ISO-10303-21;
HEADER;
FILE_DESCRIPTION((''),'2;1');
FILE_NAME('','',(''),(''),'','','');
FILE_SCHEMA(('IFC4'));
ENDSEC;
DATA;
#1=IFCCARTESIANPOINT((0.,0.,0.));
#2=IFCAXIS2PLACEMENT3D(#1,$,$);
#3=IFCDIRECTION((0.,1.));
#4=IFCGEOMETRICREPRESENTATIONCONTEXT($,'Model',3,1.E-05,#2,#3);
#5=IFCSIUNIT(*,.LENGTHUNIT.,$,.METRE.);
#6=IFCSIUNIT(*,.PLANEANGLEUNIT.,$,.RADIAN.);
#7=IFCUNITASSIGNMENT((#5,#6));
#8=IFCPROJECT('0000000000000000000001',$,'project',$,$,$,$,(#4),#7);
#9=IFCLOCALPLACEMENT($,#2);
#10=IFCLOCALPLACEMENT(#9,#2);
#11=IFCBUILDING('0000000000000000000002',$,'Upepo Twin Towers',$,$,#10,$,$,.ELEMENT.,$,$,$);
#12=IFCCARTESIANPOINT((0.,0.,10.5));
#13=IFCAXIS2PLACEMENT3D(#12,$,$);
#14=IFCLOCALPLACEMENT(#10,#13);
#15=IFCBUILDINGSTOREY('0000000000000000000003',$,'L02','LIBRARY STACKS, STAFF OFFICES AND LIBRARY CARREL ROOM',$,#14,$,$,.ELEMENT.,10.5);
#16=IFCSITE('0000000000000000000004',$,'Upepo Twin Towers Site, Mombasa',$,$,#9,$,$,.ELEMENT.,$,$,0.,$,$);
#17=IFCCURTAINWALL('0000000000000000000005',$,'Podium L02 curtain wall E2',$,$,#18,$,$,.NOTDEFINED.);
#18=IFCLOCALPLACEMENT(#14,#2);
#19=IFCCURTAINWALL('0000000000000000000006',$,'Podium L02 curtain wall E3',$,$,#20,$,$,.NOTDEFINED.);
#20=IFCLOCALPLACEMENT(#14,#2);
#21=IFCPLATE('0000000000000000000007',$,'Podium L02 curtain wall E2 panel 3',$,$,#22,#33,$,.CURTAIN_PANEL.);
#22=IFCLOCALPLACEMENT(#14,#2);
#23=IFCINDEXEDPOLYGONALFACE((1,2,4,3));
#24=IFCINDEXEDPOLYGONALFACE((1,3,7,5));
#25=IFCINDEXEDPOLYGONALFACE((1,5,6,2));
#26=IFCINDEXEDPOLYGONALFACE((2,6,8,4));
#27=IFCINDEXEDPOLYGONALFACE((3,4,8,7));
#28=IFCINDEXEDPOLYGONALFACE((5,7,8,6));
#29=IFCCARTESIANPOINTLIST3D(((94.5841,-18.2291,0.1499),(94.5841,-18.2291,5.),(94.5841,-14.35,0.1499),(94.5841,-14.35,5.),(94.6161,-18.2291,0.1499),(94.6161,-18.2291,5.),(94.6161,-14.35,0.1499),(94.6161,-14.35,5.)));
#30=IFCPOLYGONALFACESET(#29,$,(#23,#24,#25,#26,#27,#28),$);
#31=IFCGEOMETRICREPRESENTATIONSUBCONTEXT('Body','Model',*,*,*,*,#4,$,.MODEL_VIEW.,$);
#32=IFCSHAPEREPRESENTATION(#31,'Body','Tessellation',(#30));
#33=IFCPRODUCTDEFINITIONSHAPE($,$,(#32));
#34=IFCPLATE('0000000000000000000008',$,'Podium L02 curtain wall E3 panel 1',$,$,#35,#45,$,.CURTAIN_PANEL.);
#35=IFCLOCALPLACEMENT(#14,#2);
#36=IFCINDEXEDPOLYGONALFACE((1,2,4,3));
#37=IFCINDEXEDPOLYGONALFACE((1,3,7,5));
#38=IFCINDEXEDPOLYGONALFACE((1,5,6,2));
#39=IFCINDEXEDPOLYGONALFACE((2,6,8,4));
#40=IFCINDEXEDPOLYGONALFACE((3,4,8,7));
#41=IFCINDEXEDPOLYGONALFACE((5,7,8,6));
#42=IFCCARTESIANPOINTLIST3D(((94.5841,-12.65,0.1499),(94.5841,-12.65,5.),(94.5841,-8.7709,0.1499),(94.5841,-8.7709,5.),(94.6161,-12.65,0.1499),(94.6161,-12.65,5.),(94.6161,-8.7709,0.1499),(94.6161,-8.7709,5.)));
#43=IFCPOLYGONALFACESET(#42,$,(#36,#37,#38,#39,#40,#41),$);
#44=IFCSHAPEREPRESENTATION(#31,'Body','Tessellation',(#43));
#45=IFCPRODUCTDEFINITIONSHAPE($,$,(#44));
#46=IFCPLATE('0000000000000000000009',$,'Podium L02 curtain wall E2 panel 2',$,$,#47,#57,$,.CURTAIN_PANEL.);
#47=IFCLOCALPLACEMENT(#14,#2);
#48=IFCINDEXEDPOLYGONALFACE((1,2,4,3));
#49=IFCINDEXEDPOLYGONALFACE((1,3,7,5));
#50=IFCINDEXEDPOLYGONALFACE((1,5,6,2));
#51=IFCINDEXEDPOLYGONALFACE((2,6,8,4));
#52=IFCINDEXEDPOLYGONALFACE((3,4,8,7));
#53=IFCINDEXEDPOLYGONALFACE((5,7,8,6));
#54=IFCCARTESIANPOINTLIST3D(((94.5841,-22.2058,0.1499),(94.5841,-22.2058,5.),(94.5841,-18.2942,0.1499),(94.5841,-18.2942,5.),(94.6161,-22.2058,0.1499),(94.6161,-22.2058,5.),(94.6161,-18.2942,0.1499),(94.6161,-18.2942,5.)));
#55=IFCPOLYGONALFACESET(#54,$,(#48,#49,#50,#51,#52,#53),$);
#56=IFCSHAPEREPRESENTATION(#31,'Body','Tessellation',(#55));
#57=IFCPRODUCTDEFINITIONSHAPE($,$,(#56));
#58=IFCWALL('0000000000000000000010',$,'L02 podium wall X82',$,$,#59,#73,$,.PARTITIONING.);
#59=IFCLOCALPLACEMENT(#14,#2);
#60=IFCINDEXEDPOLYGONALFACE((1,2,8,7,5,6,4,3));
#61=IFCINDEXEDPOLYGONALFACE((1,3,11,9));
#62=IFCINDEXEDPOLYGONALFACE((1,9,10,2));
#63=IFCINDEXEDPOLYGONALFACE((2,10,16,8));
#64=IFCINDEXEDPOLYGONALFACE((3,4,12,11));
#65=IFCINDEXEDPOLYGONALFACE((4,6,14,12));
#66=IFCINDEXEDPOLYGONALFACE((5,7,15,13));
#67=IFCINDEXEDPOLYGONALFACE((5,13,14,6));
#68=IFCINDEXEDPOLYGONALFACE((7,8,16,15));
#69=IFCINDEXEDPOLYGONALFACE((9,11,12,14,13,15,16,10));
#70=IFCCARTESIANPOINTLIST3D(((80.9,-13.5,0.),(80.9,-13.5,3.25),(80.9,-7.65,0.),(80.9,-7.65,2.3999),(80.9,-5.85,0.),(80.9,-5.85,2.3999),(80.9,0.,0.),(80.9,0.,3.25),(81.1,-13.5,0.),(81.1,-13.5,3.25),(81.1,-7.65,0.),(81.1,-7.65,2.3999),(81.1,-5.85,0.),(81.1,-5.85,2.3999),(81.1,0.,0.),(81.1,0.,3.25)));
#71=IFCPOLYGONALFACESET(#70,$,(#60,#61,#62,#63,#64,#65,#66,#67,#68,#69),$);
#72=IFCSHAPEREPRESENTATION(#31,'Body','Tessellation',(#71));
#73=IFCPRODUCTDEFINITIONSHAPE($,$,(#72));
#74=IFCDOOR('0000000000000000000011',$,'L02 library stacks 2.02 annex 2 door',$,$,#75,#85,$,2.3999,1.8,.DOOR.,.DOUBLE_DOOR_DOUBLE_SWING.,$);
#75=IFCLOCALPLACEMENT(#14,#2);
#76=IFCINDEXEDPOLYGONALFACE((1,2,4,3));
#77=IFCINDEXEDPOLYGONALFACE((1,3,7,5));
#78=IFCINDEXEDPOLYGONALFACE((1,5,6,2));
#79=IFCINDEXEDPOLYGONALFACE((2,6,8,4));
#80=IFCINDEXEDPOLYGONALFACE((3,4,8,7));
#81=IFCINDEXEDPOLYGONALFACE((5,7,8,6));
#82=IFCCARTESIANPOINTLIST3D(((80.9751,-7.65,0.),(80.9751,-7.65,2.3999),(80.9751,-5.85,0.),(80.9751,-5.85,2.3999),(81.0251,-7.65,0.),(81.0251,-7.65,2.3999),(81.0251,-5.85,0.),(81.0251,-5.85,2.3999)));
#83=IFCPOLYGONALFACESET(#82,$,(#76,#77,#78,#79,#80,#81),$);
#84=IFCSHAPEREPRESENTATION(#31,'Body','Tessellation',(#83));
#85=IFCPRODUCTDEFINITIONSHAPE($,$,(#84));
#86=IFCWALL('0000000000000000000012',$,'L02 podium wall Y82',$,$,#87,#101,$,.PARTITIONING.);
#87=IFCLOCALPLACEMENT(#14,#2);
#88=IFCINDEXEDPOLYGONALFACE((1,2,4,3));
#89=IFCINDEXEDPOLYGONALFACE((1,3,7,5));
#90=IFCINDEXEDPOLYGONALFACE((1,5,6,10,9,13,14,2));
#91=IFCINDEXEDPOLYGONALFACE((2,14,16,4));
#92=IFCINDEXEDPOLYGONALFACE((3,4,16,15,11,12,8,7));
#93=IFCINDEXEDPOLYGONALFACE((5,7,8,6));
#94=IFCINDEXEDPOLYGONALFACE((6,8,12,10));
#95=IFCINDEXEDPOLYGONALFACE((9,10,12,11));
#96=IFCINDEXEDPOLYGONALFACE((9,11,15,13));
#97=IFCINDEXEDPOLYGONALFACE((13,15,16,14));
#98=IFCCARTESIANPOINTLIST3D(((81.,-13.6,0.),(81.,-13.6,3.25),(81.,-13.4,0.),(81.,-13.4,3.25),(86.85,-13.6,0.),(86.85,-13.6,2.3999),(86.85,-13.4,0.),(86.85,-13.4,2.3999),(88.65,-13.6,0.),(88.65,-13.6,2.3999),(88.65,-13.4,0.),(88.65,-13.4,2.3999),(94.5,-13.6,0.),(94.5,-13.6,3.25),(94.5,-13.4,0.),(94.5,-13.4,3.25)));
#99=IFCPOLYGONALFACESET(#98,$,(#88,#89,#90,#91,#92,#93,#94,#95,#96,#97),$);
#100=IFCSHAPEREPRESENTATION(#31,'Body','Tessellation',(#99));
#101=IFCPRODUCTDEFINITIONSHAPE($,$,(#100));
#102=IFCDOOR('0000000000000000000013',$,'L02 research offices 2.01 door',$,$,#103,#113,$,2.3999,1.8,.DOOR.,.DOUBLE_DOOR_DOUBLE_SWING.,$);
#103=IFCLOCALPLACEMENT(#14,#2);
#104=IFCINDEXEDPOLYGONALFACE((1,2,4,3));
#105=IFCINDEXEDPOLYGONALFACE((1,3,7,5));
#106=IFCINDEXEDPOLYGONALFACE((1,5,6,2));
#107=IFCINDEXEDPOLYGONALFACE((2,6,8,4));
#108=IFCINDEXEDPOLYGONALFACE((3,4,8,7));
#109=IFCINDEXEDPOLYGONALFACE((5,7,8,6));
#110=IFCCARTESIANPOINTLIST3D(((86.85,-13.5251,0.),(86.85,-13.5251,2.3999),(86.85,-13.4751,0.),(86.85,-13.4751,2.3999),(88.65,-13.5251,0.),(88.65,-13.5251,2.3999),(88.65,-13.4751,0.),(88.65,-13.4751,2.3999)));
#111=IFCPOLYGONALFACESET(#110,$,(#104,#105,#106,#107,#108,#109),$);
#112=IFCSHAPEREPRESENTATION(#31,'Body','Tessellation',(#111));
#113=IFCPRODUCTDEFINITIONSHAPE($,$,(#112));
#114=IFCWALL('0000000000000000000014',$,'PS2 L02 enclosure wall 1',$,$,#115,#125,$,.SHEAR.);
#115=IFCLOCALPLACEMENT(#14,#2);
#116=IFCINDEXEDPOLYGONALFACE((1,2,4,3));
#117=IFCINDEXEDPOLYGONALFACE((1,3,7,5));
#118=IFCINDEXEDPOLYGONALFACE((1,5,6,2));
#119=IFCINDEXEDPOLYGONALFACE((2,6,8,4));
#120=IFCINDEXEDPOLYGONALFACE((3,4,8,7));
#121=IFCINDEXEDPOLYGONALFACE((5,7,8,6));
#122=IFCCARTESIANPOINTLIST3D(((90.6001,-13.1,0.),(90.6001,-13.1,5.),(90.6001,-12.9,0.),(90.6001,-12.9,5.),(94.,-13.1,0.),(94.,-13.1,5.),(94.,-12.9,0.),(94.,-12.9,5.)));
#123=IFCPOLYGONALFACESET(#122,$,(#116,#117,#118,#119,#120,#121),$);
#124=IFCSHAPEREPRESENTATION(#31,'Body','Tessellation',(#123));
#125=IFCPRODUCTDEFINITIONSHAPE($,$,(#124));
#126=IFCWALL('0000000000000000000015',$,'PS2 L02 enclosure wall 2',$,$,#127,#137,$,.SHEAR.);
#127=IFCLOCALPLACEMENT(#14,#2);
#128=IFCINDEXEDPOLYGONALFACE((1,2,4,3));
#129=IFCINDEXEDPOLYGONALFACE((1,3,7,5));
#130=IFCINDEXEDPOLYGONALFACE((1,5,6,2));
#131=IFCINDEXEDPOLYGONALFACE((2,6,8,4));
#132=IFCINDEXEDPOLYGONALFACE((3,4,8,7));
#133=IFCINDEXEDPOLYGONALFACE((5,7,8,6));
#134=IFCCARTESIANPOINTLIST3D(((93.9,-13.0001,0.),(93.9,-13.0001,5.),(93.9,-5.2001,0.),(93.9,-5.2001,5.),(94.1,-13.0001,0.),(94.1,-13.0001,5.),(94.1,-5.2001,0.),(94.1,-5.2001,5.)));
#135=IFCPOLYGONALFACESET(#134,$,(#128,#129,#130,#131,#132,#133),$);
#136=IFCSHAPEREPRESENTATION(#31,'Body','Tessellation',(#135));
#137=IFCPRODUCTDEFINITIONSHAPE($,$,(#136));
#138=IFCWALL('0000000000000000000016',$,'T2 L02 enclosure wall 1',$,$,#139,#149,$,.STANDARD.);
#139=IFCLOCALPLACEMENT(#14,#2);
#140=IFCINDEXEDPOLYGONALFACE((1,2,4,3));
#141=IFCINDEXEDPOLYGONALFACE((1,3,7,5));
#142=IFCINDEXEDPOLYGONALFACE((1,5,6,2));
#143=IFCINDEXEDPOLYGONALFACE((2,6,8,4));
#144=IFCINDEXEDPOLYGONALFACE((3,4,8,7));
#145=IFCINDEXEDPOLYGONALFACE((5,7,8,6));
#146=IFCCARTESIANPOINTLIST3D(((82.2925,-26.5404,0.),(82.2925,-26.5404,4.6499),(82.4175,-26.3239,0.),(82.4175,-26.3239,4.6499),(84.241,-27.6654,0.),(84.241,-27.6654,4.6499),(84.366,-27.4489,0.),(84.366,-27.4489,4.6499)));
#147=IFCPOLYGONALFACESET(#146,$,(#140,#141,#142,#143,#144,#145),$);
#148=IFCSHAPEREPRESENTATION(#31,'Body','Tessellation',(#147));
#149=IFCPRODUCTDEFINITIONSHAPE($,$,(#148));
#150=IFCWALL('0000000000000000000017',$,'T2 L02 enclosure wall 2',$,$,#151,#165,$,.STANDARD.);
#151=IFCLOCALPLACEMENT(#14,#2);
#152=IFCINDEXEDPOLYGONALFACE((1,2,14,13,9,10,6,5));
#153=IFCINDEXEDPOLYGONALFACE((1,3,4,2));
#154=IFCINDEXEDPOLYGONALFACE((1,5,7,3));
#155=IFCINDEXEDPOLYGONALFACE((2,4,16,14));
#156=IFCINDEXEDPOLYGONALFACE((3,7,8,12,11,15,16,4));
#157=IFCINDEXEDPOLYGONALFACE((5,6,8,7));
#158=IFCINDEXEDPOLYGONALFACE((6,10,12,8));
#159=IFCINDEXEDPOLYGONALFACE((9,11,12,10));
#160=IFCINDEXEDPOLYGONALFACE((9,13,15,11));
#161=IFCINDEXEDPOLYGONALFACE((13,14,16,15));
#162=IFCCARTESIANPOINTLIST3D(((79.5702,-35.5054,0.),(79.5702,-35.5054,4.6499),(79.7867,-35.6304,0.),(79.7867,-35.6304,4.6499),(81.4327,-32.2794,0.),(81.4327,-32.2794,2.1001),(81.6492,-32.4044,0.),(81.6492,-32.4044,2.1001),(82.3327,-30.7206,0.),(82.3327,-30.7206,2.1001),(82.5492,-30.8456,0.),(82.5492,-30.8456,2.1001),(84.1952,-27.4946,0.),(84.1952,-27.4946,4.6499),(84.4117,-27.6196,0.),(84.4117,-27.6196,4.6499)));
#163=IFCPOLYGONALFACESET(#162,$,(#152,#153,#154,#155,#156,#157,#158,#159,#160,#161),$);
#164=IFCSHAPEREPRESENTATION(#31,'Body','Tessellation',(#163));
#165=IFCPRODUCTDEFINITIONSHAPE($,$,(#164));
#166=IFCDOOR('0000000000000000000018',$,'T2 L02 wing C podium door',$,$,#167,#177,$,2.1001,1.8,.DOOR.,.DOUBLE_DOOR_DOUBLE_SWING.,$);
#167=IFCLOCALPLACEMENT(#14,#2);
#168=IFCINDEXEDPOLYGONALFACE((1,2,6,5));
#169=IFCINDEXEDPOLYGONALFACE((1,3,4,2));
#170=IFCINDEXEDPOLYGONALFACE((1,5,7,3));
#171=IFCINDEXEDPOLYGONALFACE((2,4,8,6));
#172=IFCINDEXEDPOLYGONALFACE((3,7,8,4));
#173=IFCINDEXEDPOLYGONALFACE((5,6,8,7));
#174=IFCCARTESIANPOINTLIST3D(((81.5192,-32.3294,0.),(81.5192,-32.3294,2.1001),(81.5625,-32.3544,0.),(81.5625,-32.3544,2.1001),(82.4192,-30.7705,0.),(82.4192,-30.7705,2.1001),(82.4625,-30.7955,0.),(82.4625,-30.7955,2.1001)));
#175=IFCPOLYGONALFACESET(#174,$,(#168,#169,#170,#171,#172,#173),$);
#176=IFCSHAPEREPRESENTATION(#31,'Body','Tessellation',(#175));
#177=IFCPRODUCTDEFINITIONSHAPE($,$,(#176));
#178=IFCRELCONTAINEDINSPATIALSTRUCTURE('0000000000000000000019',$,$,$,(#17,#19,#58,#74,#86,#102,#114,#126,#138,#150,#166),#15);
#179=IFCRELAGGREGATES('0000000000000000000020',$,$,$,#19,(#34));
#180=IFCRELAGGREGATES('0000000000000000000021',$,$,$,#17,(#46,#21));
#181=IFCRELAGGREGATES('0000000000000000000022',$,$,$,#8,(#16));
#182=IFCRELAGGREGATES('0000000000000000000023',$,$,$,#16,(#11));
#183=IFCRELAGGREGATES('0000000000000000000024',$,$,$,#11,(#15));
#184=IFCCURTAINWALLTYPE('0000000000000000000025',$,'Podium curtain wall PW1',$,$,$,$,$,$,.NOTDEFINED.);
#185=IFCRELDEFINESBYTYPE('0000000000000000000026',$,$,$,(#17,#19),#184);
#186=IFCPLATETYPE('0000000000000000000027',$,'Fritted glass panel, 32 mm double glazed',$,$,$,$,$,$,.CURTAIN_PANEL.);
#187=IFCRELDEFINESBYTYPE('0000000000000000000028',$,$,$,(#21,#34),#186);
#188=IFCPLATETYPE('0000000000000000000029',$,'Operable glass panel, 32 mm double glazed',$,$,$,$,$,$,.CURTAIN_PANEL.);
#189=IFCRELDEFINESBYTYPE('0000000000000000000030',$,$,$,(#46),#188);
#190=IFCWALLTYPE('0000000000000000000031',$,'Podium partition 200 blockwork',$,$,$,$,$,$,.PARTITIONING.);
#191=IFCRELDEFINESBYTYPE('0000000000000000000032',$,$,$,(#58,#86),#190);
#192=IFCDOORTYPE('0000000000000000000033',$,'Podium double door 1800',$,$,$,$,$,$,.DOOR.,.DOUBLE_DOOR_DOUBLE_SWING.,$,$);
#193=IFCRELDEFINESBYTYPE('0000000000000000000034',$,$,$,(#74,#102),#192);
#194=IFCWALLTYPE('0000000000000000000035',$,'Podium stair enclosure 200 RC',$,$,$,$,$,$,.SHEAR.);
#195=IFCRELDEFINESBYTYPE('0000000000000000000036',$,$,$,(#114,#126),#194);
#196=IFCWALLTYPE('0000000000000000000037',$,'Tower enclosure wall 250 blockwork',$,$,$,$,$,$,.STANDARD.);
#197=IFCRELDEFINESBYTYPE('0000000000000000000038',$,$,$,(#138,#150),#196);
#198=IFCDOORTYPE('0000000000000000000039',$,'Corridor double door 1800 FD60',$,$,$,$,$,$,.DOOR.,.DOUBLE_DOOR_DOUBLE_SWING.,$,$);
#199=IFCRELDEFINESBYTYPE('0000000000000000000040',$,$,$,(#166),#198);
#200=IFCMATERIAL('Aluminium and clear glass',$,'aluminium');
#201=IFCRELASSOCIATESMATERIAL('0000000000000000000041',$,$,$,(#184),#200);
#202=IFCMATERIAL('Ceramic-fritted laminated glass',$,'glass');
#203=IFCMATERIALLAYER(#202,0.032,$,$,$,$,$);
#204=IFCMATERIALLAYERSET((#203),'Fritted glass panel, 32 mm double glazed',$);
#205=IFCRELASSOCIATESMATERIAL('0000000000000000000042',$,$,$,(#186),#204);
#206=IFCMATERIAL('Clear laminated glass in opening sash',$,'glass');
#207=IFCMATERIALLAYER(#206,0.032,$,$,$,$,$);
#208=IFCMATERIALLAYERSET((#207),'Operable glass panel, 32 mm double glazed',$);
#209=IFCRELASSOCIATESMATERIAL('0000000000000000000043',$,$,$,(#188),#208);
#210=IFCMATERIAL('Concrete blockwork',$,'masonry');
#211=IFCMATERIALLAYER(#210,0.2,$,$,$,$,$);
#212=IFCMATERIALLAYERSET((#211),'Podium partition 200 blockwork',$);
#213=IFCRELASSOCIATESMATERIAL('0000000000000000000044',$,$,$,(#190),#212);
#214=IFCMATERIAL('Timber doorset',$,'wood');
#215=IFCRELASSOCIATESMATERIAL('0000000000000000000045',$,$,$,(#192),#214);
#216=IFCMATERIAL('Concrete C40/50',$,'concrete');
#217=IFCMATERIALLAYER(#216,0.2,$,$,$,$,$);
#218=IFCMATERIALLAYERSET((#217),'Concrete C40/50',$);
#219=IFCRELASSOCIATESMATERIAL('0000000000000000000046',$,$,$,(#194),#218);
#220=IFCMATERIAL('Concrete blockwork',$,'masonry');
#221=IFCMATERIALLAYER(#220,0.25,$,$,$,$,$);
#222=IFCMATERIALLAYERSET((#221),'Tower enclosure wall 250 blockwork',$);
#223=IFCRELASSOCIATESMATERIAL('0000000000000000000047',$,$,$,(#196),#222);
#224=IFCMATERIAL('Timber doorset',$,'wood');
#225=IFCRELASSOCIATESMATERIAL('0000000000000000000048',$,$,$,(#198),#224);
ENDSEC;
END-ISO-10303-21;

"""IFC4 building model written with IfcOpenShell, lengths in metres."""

from ifc_helpers import new_model, si_unit, direction, frame, frame_2d, origin, origin_2d, place, context, subcontext, project, spatial, rectangle, extrude, material, layer, layer_set, type_object, element, fill, aggregate, save


model = new_model("IFC4")

# Units and contexts
model_context = context("Model", 3, precision=1e-05, world=origin(), true_north=direction((0.0, 1.0)))
body_context = subcontext(model_context, "Body", "Model", "MODEL_VIEW")
ifc_project = project(units=[si_unit("LENGTHUNIT", "METRE"), si_unit("PLANEANGLEUNIT", "RADIAN")], contexts=[model_context])

# Site, building, storey
site_placement = place(None, origin())
site = spatial("IfcSite", under=ifc_project, at=site_placement, Name="Upepo Twin Towers Site, Mombasa", CompositionType="ELEMENT", RefElevation=0.0)
building_placement = place(site_placement, origin())
building = spatial("IfcBuilding", under=site, at=building_placement, Name="Upepo Twin Towers", CompositionType="ELEMENT")
storey_placement = place(building_placement, frame((0.0, 0.0, 10.5)))
storey = spatial("IfcBuildingStorey", under=building, at=storey_placement, Name="L02", Description="LIBRARY STACKS, STAFF OFFICES AND LIBRARY CARREL ROOM", CompositionType="ELEMENT", Elevation=10.5)

# Shared definitions
ifc_material_1 = material(Name="Aluminium and clear glass", Category="aluminium")
curtain_wall_type = type_object("IfcCurtainWallType", Name="Podium curtain wall PW1", PredefinedType="NOTDEFINED", material=ifc_material_1)

# Curtain walls
curtain_wall_1_placement = place(storey_placement, origin())
curtain_wall_1 = element("IfcCurtainWall", 1, at=curtain_wall_1_placement, inside=storey, type_object=curtain_wall_type, Name="Podium L02 curtain wall E2", PredefinedType="NOTDEFINED")
curtain_wall_2_placement = place(storey_placement, origin())
curtain_wall_2 = element("IfcCurtainWall", 2, at=curtain_wall_2_placement, inside=storey, type_object=curtain_wall_type, Name="Podium L02 curtain wall E3", PredefinedType="NOTDEFINED")

# Plates
ifc_material_2 = material(Name="Ceramic-fritted laminated glass", Category="glass")
ifc_layer_1 = layer(ifc_material_2, 0.032)
ifc_layer_set_1 = layer_set([ifc_layer_1], Name="Fritted glass panel, 32 mm double glazed")
plate_type_1 = type_object("IfcPlateType", Name="Fritted glass panel, 32 mm double glazed", PredefinedType="CURTAIN_PANEL", material=ifc_layer_set_1)
plate_1_placement = place(storey_placement, frame((94.6001, -16.2896, 0.1499), z_axis=(0.0, 0.0, 1.0), x_axis=(0.0, 1.0, 0.0)))
plate_1 = element("IfcPlate", 3, at=plate_1_placement, type_object=plate_type_1, Name="Podium L02 curtain wall E2 panel 3", PredefinedType="CURTAIN_PANEL", context=body_context, shape_type="SweptSolid", body=[
    extrude(rectangle(XDim=3.8792, YDim=0.032, at=origin_2d()), origin(), (0.0, 0.0, 1.0), 4.8501),
])
plate_2_placement = place(storey_placement, frame((94.6001, -10.7104, 0.1499), z_axis=(0.0, 0.0, 1.0), x_axis=(0.0, 1.0, 0.0)))
plate_2 = element("IfcPlate", 4, at=plate_2_placement, type_object=plate_type_1, Name="Podium L02 curtain wall E3 panel 1", PredefinedType="CURTAIN_PANEL", context=body_context, shape_type="SweptSolid", body=[
    extrude(rectangle(XDim=3.8792, YDim=0.032, at=origin_2d()), origin(), (0.0, 0.0, 1.0), 4.8501),
])
aggregate(curtain_wall_2, [plate_2])
ifc_material_3 = material(Name="Clear laminated glass in opening sash", Category="glass")
ifc_layer_2 = layer(ifc_material_3, 0.032)
ifc_layer_set_2 = layer_set([ifc_layer_2], Name="Operable glass panel, 32 mm double glazed")
plate_type_2 = type_object("IfcPlateType", Name="Operable glass panel, 32 mm double glazed", PredefinedType="CURTAIN_PANEL", material=ifc_layer_set_2)
plate_3_placement = place(storey_placement, frame((94.6001, -20.25, 0.1499), z_axis=(0.0, 0.0, 1.0), x_axis=(0.0, 1.0, 0.0)))
plate_3 = element("IfcPlate", 5, at=plate_3_placement, type_object=plate_type_2, Name="Podium L02 curtain wall E2 panel 2", PredefinedType="CURTAIN_PANEL", context=body_context, shape_type="SweptSolid", body=[
    extrude(rectangle(XDim=3.9116, YDim=0.032, at=origin_2d()), origin(), (0.0, 0.0, 1.0), 4.8501),
])
aggregate(curtain_wall_1, [plate_3, plate_1])

# Walls, openings, doors
ifc_material_4 = material(Name="Concrete blockwork", Category="masonry")
ifc_layer_3 = layer(ifc_material_4, 0.2)
ifc_layer_set_3 = layer_set([ifc_layer_3], Name="Podium partition 200 blockwork")
wall_type_1 = type_object("IfcWallType", Name="Podium partition 200 blockwork", PredefinedType="PARTITIONING", material=ifc_layer_set_3)
wall_1_placement = place(storey_placement, frame((81.0, -13.5, 0.0), z_axis=(0.0, 0.0, 1.0), x_axis=(0.0, 1.0, 0.0)))
wall_1 = element("IfcWall", 6, at=wall_1_placement, inside=storey, type_object=wall_type_1, Name="L02 podium wall X82", PredefinedType="PARTITIONING", context=body_context, shape_type="SweptSolid", body=[
    extrude(rectangle(XDim=13.5, YDim=0.2, at=frame_2d((6.75, 0.0))), origin(), (0.0, 0.0, 1.0), 3.25),
])
opening_1_placement = place(wall_1_placement, frame((5.8501, 0.0, 0.0)))
opening_1 = element("IfcOpeningElement", 7, at=opening_1_placement, cuts=wall_1, PredefinedType="OPENING", context=body_context, shape_type="SweptSolid", body=[
    extrude(rectangle(XDim=1.8, YDim=2.3999, at=frame_2d((0.8999, 1.2))), frame((0.0, 0.1099, 0.0), z_axis=(0.0, -1.0, 0.0), x_axis=(1.0, 0.0, 0.0)), (0.0, 0.0, 1.0), 0.22),
])
ifc_material_5 = material(Name="Timber doorset", Category="wood")
door_type_1 = type_object("IfcDoorType", Name="Podium double door 1800", OperationType="DOUBLE_DOOR_DOUBLE_SWING", PredefinedType="DOOR", material=ifc_material_5)
door_1_placement = place(opening_1_placement, origin())
door_1 = element("IfcDoor", 8, at=door_1_placement, inside=storey, type_object=door_type_1, Name="L02 library stacks 2.02 annex 2 door", OperationType="DOUBLE_DOOR_DOUBLE_SWING", OverallHeight=2.3999, OverallWidth=1.8, PredefinedType="DOOR", context=body_context, shape_type="SweptSolid", body=[
    extrude(rectangle(XDim=1.8, YDim=2.3999, at=frame_2d((0.8999, 1.2))), frame((0.0, 0.0249, 0.0), z_axis=(0.0, -1.0, 0.0), x_axis=(1.0, 0.0, 0.0)), (0.0, 0.0, 1.0), 0.05),
])
fill(opening_1, door_1)
wall_2_placement = place(storey_placement, frame((81.0, -13.5, 0.0), z_axis=(0.0, 0.0, 1.0), x_axis=(1.0, 0.0, 0.0)))
wall_2 = element("IfcWall", 9, at=wall_2_placement, inside=storey, type_object=wall_type_1, Name="L02 podium wall Y82", PredefinedType="PARTITIONING", context=body_context, shape_type="SweptSolid", body=[
    extrude(rectangle(XDim=13.5, YDim=0.2, at=frame_2d((6.75, 0.0))), origin(), (0.0, 0.0, 1.0), 3.25),
])
opening_2_placement = place(wall_2_placement, frame((5.8501, 0.0, 0.0)))
opening_2 = element("IfcOpeningElement", 10, at=opening_2_placement, cuts=wall_2, PredefinedType="OPENING", context=body_context, shape_type="SweptSolid", body=[
    extrude(rectangle(XDim=1.8, YDim=2.3999, at=frame_2d((0.8999, 1.2))), frame((0.0, 0.1099, 0.0), z_axis=(0.0, -1.0, 0.0), x_axis=(1.0, 0.0, 0.0)), (0.0, 0.0, 1.0), 0.22),
])
door_2_placement = place(opening_2_placement, origin())
door_2 = element("IfcDoor", 11, at=door_2_placement, inside=storey, type_object=door_type_1, Name="L02 research offices 2.01 door", OperationType="DOUBLE_DOOR_DOUBLE_SWING", OverallHeight=2.3999, OverallWidth=1.8, PredefinedType="DOOR", context=body_context, shape_type="SweptSolid", body=[
    extrude(rectangle(XDim=1.8, YDim=2.3999, at=frame_2d((0.8999, 1.2))), frame((0.0, 0.0249, 0.0), z_axis=(0.0, -1.0, 0.0), x_axis=(1.0, 0.0, 0.0)), (0.0, 0.0, 1.0), 0.05),
])
fill(opening_2, door_2)

# Walls
ifc_material_6 = material(Name="Concrete C40/50", Category="concrete")
ifc_layer_4 = layer(ifc_material_6, 0.2)
ifc_layer_set_4 = layer_set([ifc_layer_4], Name="Concrete C40/50")
wall_type_2 = type_object("IfcWallType", Name="Podium stair enclosure 200 RC", PredefinedType="SHEAR", material=ifc_layer_set_4)
wall_3_placement = place(storey_placement, frame((90.6001, -13.0, 0.0), z_axis=(0.0, 0.0, 1.0), x_axis=(1.0, 0.0, 0.0)))
element("IfcWall", 12, at=wall_3_placement, inside=storey, type_object=wall_type_2, Name="PS2 L02 enclosure wall 1", PredefinedType="SHEAR", context=body_context, shape_type="SweptSolid", body=[
    extrude(rectangle(XDim=3.3999, YDim=0.2, at=frame_2d((1.7, 0.0))), origin(), (0.0, 0.0, 1.0), 5.0),
])
wall_4_placement = place(storey_placement, frame((94.0, -13.0, 0.0), z_axis=(0.0, 0.0, 1.0), x_axis=(0.0, 1.0, 0.0)))
element("IfcWall", 13, at=wall_4_placement, inside=storey, type_object=wall_type_2, Name="PS2 L02 enclosure wall 2", PredefinedType="SHEAR", context=body_context, shape_type="SweptSolid", body=[
    extrude(rectangle(XDim=7.8, YDim=0.2, at=frame_2d((3.8999, 0.0))), origin(), (0.0, 0.0, 1.0), 5.0),
])
ifc_material_7 = material(Name="Concrete blockwork", Category="masonry")
ifc_layer_5 = layer(ifc_material_7, 0.25)
ifc_layer_set_5 = layer_set([ifc_layer_5], Name="Tower enclosure wall 250 blockwork")
wall_type_3 = type_object("IfcWallType", Name="Tower enclosure wall 250 blockwork", PredefinedType="STANDARD", material=ifc_layer_set_5)
wall_5_placement = place(storey_placement, frame((82.355, -26.4321, 0.0), z_axis=(0.0, 0.0, 1.0), x_axis=(0.866018, -0.500014, 0.0)))
element("IfcWall", 14, at=wall_5_placement, inside=storey, type_object=wall_type_3, Name="T2 L02 enclosure wall 1", PredefinedType="STANDARD", context=body_context, shape_type="SweptSolid", body=[
    extrude(rectangle(XDim=2.25, YDim=0.25, at=frame_2d((1.125, 0.0))), origin(), (0.0, 0.0, 1.0), 4.6499),
])

# Wall, opening, door
wall_6_placement = place(storey_placement, frame((84.3035, -27.5571, 0.0), z_axis=(0.0, 0.0, 1.0), x_axis=(-0.5, -0.866026, 0.0)))
wall_6 = element("IfcWall", 15, at=wall_6_placement, inside=storey, type_object=wall_type_3, Name="T2 L02 enclosure wall 2", PredefinedType="STANDARD", context=body_context, shape_type="SweptSolid", body=[
    extrude(rectangle(XDim=9.25, YDim=0.25, at=frame_2d((4.625, 0.0))), origin(), (0.0, 0.0, 1.0), 4.6499),
])
opening_3_placement = place(wall_6_placement, frame((3.7251, 0.0, 0.0)))
opening_3 = element("IfcOpeningElement", 16, at=opening_3_placement, cuts=wall_6, PredefinedType="OPENING", context=body_context, shape_type="SweptSolid", body=[
    extrude(rectangle(XDim=1.8, YDim=2.1001, at=frame_2d((0.8999, 1.05))), frame((0.0, 0.135, 0.0), z_axis=(0.0, -1.0, 0.0), x_axis=(1.0, 0.0, 0.0)), (0.0, 0.0, 1.0), 0.27),
])
ifc_material_8 = material(Name="Timber doorset", Category="wood")
door_type_2 = type_object("IfcDoorType", Name="Corridor double door 1800 FD60", OperationType="DOUBLE_DOOR_DOUBLE_SWING", PredefinedType="DOOR", material=ifc_material_8)
door_3_placement = place(opening_3_placement, origin())
door_3 = element("IfcDoor", 17, at=door_3_placement, inside=storey, type_object=door_type_2, Name="T2 L02 wing C podium door", OperationType="DOUBLE_DOOR_DOUBLE_SWING", OverallHeight=2.1001, OverallWidth=1.8, PredefinedType="DOOR", context=body_context, shape_type="SweptSolid", body=[
    extrude(rectangle(XDim=1.8, YDim=2.1001, at=frame_2d((0.8999, 1.05))), frame((0.0, 0.0249, 0.0), z_axis=(0.0, -1.0, 0.0), x_axis=(1.0, 0.0, 0.0)), (0.0, 0.0, 1.0), 0.05),
])
fill(opening_3, door_3)

save(model, "model.ifc")
